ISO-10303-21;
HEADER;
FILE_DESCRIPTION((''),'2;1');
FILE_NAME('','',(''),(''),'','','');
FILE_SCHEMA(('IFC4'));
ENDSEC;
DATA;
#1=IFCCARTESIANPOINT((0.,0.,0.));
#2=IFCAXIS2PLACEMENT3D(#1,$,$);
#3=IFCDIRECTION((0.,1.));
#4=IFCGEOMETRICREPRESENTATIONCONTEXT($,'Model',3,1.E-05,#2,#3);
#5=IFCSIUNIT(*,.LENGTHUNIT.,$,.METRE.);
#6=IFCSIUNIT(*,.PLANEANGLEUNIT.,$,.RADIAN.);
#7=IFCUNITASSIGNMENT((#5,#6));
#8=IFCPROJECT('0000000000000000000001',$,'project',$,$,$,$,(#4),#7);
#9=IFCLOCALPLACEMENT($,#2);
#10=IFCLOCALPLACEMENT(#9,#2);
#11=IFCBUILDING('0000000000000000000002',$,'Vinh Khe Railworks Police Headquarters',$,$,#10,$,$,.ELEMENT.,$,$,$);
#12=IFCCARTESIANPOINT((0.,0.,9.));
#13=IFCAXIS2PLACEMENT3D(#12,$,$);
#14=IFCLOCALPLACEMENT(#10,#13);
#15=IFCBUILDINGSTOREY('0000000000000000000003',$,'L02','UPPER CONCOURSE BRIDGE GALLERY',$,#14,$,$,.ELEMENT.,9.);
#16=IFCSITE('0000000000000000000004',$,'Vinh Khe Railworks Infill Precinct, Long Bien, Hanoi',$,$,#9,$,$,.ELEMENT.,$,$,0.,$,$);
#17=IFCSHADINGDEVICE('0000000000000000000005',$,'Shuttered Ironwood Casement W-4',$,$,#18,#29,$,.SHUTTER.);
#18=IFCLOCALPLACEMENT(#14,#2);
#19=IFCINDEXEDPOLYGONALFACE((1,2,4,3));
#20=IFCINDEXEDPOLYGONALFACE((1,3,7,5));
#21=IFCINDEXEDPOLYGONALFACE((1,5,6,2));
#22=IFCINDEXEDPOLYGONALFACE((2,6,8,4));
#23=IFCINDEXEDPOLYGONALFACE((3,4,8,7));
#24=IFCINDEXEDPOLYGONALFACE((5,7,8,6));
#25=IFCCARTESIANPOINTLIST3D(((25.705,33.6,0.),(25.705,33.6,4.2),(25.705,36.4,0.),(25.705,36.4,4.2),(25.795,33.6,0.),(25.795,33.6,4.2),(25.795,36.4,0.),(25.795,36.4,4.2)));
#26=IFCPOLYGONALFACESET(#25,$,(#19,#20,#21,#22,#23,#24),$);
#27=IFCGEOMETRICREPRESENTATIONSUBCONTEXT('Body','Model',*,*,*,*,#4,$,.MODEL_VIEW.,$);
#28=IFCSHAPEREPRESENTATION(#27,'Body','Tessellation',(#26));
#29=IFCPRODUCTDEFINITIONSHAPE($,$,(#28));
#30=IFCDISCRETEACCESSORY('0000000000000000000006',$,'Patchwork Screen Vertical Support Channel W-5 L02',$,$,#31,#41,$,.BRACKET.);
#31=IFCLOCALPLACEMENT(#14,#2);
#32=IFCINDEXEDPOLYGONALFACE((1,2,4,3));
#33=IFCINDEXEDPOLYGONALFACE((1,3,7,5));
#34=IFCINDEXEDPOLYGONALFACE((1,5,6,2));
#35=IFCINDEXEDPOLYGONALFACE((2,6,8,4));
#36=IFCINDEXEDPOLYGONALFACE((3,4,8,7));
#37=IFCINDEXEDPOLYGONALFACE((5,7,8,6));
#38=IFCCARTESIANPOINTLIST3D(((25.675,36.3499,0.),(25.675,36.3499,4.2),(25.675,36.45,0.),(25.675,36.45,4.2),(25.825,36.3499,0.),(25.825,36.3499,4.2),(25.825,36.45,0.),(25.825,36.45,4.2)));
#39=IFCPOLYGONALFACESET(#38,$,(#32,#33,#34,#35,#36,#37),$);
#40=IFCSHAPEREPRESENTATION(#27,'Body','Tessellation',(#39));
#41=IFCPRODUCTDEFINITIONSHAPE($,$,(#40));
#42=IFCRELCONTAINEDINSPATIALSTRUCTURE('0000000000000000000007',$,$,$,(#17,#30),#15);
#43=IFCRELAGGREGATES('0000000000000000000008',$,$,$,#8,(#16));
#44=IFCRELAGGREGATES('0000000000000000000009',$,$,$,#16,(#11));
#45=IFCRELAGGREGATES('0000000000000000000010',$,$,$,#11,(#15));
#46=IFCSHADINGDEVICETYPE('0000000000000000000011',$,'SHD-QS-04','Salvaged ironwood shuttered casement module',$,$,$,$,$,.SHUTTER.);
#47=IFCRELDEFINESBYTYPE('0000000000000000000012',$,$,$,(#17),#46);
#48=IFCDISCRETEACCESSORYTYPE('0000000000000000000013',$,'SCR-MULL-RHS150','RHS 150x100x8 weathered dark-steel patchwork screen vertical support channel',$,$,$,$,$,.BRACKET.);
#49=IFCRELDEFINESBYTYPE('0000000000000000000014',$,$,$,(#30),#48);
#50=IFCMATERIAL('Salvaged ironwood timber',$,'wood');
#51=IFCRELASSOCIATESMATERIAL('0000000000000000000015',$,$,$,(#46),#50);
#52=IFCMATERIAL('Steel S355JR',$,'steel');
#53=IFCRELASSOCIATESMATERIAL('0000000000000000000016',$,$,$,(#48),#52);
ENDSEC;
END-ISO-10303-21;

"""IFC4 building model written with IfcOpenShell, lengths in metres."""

from ifc_helpers import new_model, si_unit, direction, frame, origin, origin_2d, place, context, subcontext, project, spatial, rectangle, extrude, material, type_object, element, save


model = new_model("IFC4")

# Units and contexts
model_context = context("Model", 3, precision=1e-05, world=origin(), true_north=direction((0.0, 1.0)))
body_context = subcontext(model_context, "Body", "Model", "MODEL_VIEW")
ifc_project = project(units=[si_unit("LENGTHUNIT", "METRE"), si_unit("PLANEANGLEUNIT", "RADIAN")], contexts=[model_context])

# Site, building, storey
site_placement = place(None, origin())
site = spatial("IfcSite", under=ifc_project, at=site_placement, Name="Vinh Khe Railworks Infill Precinct, Long Bien, Hanoi", CompositionType="ELEMENT", RefElevation=0.0)
building_placement = place(site_placement, origin())
building = spatial("IfcBuilding", under=site, at=building_placement, Name="Vinh Khe Railworks Police Headquarters", CompositionType="ELEMENT")
storey_placement = place(building_placement, frame((0.0, 0.0, 9.0)))
storey = spatial("IfcBuildingStorey", under=building, at=storey_placement, Name="L02", Description="UPPER CONCOURSE BRIDGE GALLERY", CompositionType="ELEMENT", Elevation=9.0)

# Shared definitions
ifc_material_1 = material(Name="Steel S355JR", Category="steel")

# Shared definitions
ifc_material_2 = material(Name="Salvaged ironwood timber", Category="wood")

# Shading device
shading_device_type_1 = type_object("IfcShadingDeviceType", Name="SHD-QS-04", Description="Salvaged ironwood shuttered casement module", PredefinedType="SHUTTER", material=ifc_material_2)
shading_device_1_placement = place(storey_placement, frame((25.75, 35.0, 0.0), z_axis=(0.0, 0.0, 1.0), x_axis=(0.0, 1.0, 0.0)))
element("IfcShadingDevice", 1, at=shading_device_1_placement, inside=storey, type_object=shading_device_type_1, Name="Shuttered Ironwood Casement W-4", PredefinedType="SHUTTER", context=body_context, shape_type="SweptSolid", body=[
    extrude(rectangle(XDim=2.8, YDim=0.0901, at=origin_2d()), origin(), (0.0, 0.0, 1.0), 4.2),
])

# Discrete accessory
discrete_accessory_type = type_object("IfcDiscreteAccessoryType", Name="SCR-MULL-RHS150", Description="RHS 150x100x8 weathered dark-steel patchwork screen vertical support channel", PredefinedType="BRACKET", material=ifc_material_1)
discrete_accessory_placement = place(storey_placement, frame((25.75, 36.3999, 0.0), z_axis=(0.0, 0.0, 1.0), x_axis=(1.0, 0.0, 0.0)))
element("IfcDiscreteAccessory", 2, at=discrete_accessory_placement, inside=storey, type_object=discrete_accessory_type, Name="Patchwork Screen Vertical Support Channel W-5 L02", PredefinedType="BRACKET", context=body_context, shape_type="SweptSolid", body=[
    extrude(rectangle(XDim=0.1499, YDim=0.1001, at=origin_2d()), origin(), (0.0, 0.0, 1.0), 4.2),
])

save(model, "model.ifc")
